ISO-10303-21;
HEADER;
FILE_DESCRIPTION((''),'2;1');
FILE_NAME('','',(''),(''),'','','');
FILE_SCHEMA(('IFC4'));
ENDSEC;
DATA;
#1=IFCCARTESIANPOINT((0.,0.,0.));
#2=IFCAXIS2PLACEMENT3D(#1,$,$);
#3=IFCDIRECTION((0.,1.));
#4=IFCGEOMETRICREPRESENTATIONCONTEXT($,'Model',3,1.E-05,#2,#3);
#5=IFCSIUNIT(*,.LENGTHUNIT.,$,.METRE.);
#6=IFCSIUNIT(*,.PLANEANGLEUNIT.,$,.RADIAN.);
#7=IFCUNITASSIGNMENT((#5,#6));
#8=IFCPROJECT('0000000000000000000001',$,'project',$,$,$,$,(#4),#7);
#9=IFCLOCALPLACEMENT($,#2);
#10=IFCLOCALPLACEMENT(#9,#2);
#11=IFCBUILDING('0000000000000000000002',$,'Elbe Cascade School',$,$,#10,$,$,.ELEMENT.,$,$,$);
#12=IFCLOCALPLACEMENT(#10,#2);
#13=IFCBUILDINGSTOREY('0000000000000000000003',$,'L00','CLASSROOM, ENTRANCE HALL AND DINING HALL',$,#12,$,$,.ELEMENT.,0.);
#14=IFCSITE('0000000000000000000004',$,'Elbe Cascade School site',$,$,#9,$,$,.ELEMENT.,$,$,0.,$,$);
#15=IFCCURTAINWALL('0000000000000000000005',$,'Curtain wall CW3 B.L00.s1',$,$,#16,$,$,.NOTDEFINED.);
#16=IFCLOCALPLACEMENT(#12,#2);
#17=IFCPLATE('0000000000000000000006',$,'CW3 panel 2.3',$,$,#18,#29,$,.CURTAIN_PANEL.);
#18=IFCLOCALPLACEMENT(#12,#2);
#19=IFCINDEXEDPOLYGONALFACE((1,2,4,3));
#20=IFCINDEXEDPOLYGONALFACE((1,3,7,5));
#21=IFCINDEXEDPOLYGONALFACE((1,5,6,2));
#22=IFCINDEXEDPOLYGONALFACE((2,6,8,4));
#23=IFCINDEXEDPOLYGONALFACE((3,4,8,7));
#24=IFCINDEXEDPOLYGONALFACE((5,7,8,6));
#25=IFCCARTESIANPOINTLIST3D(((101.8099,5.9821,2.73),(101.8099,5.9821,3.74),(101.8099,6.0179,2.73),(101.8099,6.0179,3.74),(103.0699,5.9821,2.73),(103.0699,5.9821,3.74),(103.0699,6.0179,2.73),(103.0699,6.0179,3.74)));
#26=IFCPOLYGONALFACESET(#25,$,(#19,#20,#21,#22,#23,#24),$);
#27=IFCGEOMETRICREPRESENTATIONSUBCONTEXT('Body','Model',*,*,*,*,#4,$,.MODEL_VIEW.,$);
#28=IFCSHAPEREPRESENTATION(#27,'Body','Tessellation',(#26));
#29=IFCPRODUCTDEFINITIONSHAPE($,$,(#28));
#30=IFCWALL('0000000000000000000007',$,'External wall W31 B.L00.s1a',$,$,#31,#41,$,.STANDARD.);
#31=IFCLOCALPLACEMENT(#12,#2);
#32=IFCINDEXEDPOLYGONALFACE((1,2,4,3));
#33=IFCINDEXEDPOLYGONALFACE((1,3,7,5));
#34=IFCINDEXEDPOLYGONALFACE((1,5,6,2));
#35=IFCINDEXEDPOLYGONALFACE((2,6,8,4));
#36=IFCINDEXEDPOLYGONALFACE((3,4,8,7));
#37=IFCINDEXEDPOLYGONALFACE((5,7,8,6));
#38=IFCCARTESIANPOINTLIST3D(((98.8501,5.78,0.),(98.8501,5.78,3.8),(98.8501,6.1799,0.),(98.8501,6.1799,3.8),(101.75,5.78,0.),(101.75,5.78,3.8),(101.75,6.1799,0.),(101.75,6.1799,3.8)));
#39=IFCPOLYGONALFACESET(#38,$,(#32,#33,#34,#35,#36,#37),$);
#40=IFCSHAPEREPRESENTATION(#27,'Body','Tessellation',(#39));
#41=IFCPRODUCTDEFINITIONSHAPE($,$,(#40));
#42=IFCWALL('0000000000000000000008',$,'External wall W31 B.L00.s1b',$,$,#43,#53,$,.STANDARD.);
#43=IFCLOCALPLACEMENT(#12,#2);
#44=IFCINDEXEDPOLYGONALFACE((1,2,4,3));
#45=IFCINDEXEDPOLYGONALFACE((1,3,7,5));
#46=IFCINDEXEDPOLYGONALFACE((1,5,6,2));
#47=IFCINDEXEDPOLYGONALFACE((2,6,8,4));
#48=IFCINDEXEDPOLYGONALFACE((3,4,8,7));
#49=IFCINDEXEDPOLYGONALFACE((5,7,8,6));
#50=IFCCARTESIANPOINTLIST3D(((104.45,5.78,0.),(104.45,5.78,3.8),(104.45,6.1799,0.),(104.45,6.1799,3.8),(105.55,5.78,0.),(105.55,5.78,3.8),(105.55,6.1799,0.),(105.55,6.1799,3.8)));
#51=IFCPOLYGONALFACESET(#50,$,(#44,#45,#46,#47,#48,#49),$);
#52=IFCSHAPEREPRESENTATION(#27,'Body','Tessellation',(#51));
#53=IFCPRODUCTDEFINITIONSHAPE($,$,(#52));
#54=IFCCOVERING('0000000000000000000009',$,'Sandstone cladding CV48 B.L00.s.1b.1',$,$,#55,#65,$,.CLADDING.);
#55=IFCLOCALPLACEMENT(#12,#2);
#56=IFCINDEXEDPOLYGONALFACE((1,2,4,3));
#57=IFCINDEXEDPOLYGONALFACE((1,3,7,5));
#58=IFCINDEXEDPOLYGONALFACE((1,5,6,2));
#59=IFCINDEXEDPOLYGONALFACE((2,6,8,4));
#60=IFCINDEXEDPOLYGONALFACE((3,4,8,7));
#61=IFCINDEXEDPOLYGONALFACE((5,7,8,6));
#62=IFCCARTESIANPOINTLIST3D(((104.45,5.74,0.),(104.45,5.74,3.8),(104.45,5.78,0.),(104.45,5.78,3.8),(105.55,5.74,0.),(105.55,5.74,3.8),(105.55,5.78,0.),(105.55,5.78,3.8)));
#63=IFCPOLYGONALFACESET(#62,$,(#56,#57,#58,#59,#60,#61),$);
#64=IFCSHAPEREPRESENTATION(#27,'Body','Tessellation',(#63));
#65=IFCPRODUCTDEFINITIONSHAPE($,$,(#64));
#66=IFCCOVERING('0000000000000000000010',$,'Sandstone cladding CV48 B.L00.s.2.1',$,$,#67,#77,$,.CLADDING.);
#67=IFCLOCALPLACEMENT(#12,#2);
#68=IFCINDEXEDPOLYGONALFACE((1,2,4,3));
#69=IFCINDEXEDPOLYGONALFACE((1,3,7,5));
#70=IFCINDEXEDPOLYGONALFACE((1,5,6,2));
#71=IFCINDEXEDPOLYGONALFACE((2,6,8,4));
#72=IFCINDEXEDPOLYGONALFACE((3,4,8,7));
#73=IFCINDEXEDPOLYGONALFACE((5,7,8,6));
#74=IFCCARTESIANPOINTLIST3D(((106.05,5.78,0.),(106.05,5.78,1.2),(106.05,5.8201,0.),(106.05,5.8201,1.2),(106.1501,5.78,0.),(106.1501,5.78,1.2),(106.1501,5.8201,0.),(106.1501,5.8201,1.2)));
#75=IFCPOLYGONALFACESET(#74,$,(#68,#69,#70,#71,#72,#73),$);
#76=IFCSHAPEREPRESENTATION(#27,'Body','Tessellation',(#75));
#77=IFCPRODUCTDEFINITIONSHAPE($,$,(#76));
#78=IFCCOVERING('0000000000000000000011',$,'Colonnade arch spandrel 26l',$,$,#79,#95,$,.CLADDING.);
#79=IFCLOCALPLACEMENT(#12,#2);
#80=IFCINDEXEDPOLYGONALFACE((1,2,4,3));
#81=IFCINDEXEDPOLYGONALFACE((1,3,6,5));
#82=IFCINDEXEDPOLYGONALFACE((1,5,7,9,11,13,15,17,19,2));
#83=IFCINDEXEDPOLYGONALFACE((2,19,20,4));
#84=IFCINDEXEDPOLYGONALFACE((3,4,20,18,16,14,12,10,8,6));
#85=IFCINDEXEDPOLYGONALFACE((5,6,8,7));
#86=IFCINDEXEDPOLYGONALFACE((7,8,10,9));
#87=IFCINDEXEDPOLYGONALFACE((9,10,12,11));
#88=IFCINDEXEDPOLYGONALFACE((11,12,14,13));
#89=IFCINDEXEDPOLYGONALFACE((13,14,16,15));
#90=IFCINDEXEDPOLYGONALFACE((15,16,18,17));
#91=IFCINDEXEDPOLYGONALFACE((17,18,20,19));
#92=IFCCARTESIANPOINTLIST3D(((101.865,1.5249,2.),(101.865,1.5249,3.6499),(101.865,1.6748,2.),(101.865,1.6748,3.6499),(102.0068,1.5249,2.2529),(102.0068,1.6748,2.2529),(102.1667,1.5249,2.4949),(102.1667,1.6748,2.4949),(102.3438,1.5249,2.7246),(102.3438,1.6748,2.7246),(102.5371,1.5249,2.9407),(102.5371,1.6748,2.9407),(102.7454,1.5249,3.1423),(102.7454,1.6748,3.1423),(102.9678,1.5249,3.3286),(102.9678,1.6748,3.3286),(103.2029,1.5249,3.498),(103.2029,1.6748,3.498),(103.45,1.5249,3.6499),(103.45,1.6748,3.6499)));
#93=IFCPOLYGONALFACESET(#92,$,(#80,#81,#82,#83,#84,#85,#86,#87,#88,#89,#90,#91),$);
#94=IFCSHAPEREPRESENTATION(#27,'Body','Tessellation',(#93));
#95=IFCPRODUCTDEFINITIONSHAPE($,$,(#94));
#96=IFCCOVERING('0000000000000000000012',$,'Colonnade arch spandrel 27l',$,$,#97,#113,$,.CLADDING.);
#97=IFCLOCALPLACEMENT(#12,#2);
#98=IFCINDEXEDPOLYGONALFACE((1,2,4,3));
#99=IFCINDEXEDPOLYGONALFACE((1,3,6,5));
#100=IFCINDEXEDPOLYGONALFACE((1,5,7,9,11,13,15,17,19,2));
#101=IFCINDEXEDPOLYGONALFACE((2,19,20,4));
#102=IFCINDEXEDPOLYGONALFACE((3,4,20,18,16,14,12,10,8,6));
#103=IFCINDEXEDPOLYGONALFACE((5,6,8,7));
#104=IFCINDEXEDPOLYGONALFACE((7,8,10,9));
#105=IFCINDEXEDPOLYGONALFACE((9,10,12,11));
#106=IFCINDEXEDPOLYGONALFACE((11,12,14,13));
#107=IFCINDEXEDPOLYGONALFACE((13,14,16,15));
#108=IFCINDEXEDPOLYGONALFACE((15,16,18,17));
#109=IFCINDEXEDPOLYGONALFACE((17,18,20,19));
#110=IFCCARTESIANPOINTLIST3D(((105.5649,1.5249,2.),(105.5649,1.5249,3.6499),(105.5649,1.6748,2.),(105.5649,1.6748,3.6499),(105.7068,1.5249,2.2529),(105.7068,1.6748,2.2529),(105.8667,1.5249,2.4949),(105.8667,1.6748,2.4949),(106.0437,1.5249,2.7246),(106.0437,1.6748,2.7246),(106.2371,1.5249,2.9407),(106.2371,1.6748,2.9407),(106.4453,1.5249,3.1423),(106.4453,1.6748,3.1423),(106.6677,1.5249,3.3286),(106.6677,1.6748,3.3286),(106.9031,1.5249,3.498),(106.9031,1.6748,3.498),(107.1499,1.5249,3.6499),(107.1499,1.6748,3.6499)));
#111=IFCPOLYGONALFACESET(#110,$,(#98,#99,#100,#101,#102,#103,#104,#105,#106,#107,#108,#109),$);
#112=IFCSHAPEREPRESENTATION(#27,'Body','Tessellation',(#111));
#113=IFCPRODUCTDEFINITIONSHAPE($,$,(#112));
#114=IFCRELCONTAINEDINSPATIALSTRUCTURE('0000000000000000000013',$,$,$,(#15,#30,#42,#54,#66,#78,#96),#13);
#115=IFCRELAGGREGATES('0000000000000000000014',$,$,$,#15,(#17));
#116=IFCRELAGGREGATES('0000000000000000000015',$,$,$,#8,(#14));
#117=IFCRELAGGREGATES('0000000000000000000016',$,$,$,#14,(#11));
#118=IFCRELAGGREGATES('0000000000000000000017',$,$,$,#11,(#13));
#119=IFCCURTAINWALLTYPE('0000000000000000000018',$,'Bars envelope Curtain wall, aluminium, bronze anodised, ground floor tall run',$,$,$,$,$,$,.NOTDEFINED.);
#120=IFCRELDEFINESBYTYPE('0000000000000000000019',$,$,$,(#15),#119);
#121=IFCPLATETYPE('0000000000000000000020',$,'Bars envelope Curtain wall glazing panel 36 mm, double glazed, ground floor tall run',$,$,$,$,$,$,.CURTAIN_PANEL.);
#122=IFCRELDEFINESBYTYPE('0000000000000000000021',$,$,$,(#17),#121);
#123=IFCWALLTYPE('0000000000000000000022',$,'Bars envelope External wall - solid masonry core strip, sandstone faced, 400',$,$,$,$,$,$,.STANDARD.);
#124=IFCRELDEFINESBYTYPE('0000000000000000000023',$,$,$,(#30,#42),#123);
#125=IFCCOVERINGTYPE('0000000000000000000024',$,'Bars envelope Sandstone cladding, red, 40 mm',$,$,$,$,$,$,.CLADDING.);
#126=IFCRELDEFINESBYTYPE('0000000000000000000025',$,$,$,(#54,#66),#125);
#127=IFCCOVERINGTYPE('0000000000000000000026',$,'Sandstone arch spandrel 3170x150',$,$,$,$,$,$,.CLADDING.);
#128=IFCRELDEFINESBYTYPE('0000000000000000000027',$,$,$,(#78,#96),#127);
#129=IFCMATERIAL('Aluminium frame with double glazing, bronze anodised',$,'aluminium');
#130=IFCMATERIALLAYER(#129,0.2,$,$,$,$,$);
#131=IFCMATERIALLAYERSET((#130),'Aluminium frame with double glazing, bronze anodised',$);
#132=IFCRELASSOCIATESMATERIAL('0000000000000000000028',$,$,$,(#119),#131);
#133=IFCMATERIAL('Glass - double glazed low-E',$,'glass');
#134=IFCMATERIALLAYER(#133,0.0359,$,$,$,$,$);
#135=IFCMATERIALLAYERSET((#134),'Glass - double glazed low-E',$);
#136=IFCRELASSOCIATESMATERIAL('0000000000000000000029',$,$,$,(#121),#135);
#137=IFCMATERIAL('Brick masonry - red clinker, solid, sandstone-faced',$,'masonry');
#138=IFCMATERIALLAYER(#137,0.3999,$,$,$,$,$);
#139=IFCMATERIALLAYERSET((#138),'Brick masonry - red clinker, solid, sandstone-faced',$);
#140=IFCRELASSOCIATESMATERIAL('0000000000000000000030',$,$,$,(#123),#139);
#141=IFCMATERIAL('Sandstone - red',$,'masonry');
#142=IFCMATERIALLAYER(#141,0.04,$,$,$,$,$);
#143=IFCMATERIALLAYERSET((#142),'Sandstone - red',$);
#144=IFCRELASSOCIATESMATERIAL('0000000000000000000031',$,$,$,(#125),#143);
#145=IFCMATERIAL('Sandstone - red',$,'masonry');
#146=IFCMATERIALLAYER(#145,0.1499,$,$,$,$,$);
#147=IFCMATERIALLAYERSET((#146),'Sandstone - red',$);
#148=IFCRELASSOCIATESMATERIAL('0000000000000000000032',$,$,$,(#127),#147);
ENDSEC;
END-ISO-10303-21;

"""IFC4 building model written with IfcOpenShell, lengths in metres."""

from ifc_helpers import new_model, si_unit, direction, frame, frame_2d, origin, origin_2d, place, context, subcontext, project, spatial, polyline, rectangle, outline, extrude, material, layer, layer_set, type_object, element, aggregate, save


model = new_model("IFC4")

# Units and contexts
model_context = context("Model", 3, precision=1e-05, world=origin(), true_north=direction((0.0, 1.0)))
body_context = subcontext(model_context, "Body", "Model", "MODEL_VIEW")
ifc_project = project(units=[si_unit("LENGTHUNIT", "METRE"), si_unit("PLANEANGLEUNIT", "RADIAN")], contexts=[model_context])

# Site, building, storey
site_placement = place(None, origin())
site = spatial("IfcSite", under=ifc_project, at=site_placement, Name="Elbe Cascade School site", CompositionType="ELEMENT", RefElevation=0.0)
building_placement = place(site_placement, origin())
building = spatial("IfcBuilding", under=site, at=building_placement, Name="Elbe Cascade School", CompositionType="ELEMENT")
storey_placement = place(building_placement, origin())
storey = spatial("IfcBuildingStorey", under=building, at=storey_placement, Name="L00", Description="CLASSROOM, ENTRANCE HALL AND DINING HALL", CompositionType="ELEMENT", Elevation=0.0)

# Curtain wall
ifc_material_1 = material(Name="Aluminium frame with double glazing, bronze anodised", Category="aluminium")
ifc_layer_1 = layer(ifc_material_1, 0.2)
ifc_layer_set_1 = layer_set([ifc_layer_1], Name="Aluminium frame with double glazing, bronze anodised")
curtain_wall_type = type_object("IfcCurtainWallType", Name="Bars envelope Curtain wall, aluminium, bronze anodised, ground floor tall run", PredefinedType="NOTDEFINED", material=ifc_layer_set_1)
curtain_wall_placement = place(storey_placement, origin())
curtain_wall = element("IfcCurtainWall", 1, at=curtain_wall_placement, inside=storey, type_object=curtain_wall_type, Name="Curtain wall CW3 B.L00.s1", PredefinedType="NOTDEFINED")

# Plate
ifc_material_2 = material(Name="Glass - double glazed low-E", Category="glass")
ifc_layer_2 = layer(ifc_material_2, 0.0359)
ifc_layer_set_2 = layer_set([ifc_layer_2], Name="Glass - double glazed low-E")
plate_type = type_object("IfcPlateType", Name="Bars envelope Curtain wall glazing panel 36 mm, double glazed, ground floor tall run", PredefinedType="CURTAIN_PANEL", material=ifc_layer_set_2)
plate_1_placement = place(storey_placement, frame((102.4399, 6.0, 2.73), z_axis=(0.0, 0.0, 1.0), x_axis=(-1.0, 0.0, 0.0)))
plate_1 = element("IfcPlate", 2, at=plate_1_placement, type_object=plate_type, Name="CW3 panel 2.3", PredefinedType="CURTAIN_PANEL", context=body_context, shape_type="SweptSolid", body=[
    extrude(rectangle(XDim=1.26, YDim=0.0359, at=origin_2d()), origin(), (0.0, 0.0, 1.0), 1.01),
])
aggregate(curtain_wall, [plate_1])

# Walls
ifc_material_3 = material(Name="Brick masonry - red clinker, solid, sandstone-faced", Category="masonry")
ifc_layer_3 = layer(ifc_material_3, 0.3999)
ifc_layer_set_3 = layer_set([ifc_layer_3], Name="Brick masonry - red clinker, solid, sandstone-faced")
wall_type = type_object("IfcWallType", Name="Bars envelope External wall - solid masonry core strip, sandstone faced, 400", PredefinedType="STANDARD", material=ifc_layer_set_3)
wall_1_placement = place(storey_placement, frame((101.75, 5.98, 0.0), z_axis=(0.0, 0.0, 1.0), x_axis=(-1.0, 0.0, 0.0)))
element("IfcWall", 3, at=wall_1_placement, inside=storey, type_object=wall_type, Name="External wall W31 B.L00.s1a", PredefinedType="STANDARD", context=body_context, shape_type="SweptSolid", body=[
    extrude(rectangle(XDim=2.8999, YDim=0.3999, at=frame_2d((1.45, 0.0))), origin(), (0.0, 0.0, 1.0), 3.8),
])
wall_2_placement = place(storey_placement, frame((105.55, 5.98, 0.0), z_axis=(0.0, 0.0, 1.0), x_axis=(-1.0, 0.0, 0.0)))
element("IfcWall", 4, at=wall_2_placement, inside=storey, type_object=wall_type, Name="External wall W31 B.L00.s1b", PredefinedType="STANDARD", context=body_context, shape_type="SweptSolid", body=[
    extrude(rectangle(XDim=1.1001, YDim=0.3999, at=frame_2d((0.55, 0.0))), origin(), (0.0, 0.0, 1.0), 3.8),
])

# Coverings
ifc_material_4 = material(Name="Sandstone - red", Category="masonry")
ifc_layer_4 = layer(ifc_material_4, 0.04)
ifc_layer_set_4 = layer_set([ifc_layer_4], Name="Sandstone - red")
covering_type_1 = type_object("IfcCoveringType", Name="Bars envelope Sandstone cladding, red, 40 mm", PredefinedType="CLADDING", material=ifc_layer_set_4)
covering_1_placement = place(storey_placement, frame((105.0, 5.76, 0.0), z_axis=(0.0, 0.0, 1.0), x_axis=(1.0, 0.0, 0.0)))
element("IfcCovering", 5, at=covering_1_placement, inside=storey, type_object=covering_type_1, Name="Sandstone cladding CV48 B.L00.s.1b.1", PredefinedType="CLADDING", context=body_context, shape_type="SweptSolid", body=[
    extrude(rectangle(XDim=1.1001, YDim=0.04, at=origin_2d()), origin(), (0.0, 0.0, 1.0), 3.8),
])
covering_2_placement = place(storey_placement, frame((106.1001, 5.8, 0.0), z_axis=(0.0, 0.0, 1.0), x_axis=(1.0, 0.0, 0.0)))
element("IfcCovering", 6, at=covering_2_placement, inside=storey, type_object=covering_type_1, Name="Sandstone cladding CV48 B.L00.s.2.1", PredefinedType="CLADDING", context=body_context, shape_type="SweptSolid", body=[
    extrude(rectangle(XDim=0.1001, YDim=0.04, at=origin_2d()), origin(), (0.0, 0.0, 1.0), 1.2),
])
ifc_material_5 = material(Name="Sandstone - red", Category="masonry")
ifc_layer_5 = layer(ifc_material_5, 0.1499)
ifc_layer_set_5 = layer_set([ifc_layer_5], Name="Sandstone - red")
covering_type_2 = type_object("IfcCoveringType", Name="Sandstone arch spandrel 3170x150", PredefinedType="CLADDING", material=ifc_layer_set_5)
covering_3_placement = place(storey_placement, frame((101.865, 1.5249, 3.6499), z_axis=(0.0, -1.0, 0.0), x_axis=(0.0, 0.0, -1.0)))
element("IfcCovering", 7, at=covering_3_placement, inside=storey, type_object=covering_type_2, Name="Colonnade arch spandrel 26l", PredefinedType="CLADDING", context=body_context, shape_type="SweptSolid", body=[
    extrude(outline(polyline([(0.0, 0.0), (1.6499, 0.0), (1.397, 0.1418), (1.155, 0.3018), (0.9253, 0.4788), (0.7092, 0.6721), (0.5076, 0.8804), (0.3213, 1.1028), (0.1519, 1.3379), (0.0, 1.585), (0.0, 0.0)])), origin(), (0.0, 0.0, -1.0), 0.1499),
])
covering_4_placement = place(storey_placement, frame((105.5649, 1.5249, 3.6499), z_axis=(0.0, -1.0, 0.0), x_axis=(0.0, 0.0, -1.0)))
element("IfcCovering", 8, at=covering_4_placement, inside=storey, type_object=covering_type_2, Name="Colonnade arch spandrel 27l", PredefinedType="CLADDING", context=body_context, shape_type="SweptSolid", body=[
    extrude(outline(polyline([(0.0, 0.0), (1.6499, 0.0), (1.397, 0.1418), (1.155, 0.3018), (0.9253, 0.4788), (0.7092, 0.6721), (0.5076, 0.8804), (0.3213, 1.1028), (0.1519, 1.3381), (0.0, 1.585), (0.0, 0.0)])), origin(), (0.0, 0.0, -1.0), 0.1499),
])

save(model, "model.ifc")
